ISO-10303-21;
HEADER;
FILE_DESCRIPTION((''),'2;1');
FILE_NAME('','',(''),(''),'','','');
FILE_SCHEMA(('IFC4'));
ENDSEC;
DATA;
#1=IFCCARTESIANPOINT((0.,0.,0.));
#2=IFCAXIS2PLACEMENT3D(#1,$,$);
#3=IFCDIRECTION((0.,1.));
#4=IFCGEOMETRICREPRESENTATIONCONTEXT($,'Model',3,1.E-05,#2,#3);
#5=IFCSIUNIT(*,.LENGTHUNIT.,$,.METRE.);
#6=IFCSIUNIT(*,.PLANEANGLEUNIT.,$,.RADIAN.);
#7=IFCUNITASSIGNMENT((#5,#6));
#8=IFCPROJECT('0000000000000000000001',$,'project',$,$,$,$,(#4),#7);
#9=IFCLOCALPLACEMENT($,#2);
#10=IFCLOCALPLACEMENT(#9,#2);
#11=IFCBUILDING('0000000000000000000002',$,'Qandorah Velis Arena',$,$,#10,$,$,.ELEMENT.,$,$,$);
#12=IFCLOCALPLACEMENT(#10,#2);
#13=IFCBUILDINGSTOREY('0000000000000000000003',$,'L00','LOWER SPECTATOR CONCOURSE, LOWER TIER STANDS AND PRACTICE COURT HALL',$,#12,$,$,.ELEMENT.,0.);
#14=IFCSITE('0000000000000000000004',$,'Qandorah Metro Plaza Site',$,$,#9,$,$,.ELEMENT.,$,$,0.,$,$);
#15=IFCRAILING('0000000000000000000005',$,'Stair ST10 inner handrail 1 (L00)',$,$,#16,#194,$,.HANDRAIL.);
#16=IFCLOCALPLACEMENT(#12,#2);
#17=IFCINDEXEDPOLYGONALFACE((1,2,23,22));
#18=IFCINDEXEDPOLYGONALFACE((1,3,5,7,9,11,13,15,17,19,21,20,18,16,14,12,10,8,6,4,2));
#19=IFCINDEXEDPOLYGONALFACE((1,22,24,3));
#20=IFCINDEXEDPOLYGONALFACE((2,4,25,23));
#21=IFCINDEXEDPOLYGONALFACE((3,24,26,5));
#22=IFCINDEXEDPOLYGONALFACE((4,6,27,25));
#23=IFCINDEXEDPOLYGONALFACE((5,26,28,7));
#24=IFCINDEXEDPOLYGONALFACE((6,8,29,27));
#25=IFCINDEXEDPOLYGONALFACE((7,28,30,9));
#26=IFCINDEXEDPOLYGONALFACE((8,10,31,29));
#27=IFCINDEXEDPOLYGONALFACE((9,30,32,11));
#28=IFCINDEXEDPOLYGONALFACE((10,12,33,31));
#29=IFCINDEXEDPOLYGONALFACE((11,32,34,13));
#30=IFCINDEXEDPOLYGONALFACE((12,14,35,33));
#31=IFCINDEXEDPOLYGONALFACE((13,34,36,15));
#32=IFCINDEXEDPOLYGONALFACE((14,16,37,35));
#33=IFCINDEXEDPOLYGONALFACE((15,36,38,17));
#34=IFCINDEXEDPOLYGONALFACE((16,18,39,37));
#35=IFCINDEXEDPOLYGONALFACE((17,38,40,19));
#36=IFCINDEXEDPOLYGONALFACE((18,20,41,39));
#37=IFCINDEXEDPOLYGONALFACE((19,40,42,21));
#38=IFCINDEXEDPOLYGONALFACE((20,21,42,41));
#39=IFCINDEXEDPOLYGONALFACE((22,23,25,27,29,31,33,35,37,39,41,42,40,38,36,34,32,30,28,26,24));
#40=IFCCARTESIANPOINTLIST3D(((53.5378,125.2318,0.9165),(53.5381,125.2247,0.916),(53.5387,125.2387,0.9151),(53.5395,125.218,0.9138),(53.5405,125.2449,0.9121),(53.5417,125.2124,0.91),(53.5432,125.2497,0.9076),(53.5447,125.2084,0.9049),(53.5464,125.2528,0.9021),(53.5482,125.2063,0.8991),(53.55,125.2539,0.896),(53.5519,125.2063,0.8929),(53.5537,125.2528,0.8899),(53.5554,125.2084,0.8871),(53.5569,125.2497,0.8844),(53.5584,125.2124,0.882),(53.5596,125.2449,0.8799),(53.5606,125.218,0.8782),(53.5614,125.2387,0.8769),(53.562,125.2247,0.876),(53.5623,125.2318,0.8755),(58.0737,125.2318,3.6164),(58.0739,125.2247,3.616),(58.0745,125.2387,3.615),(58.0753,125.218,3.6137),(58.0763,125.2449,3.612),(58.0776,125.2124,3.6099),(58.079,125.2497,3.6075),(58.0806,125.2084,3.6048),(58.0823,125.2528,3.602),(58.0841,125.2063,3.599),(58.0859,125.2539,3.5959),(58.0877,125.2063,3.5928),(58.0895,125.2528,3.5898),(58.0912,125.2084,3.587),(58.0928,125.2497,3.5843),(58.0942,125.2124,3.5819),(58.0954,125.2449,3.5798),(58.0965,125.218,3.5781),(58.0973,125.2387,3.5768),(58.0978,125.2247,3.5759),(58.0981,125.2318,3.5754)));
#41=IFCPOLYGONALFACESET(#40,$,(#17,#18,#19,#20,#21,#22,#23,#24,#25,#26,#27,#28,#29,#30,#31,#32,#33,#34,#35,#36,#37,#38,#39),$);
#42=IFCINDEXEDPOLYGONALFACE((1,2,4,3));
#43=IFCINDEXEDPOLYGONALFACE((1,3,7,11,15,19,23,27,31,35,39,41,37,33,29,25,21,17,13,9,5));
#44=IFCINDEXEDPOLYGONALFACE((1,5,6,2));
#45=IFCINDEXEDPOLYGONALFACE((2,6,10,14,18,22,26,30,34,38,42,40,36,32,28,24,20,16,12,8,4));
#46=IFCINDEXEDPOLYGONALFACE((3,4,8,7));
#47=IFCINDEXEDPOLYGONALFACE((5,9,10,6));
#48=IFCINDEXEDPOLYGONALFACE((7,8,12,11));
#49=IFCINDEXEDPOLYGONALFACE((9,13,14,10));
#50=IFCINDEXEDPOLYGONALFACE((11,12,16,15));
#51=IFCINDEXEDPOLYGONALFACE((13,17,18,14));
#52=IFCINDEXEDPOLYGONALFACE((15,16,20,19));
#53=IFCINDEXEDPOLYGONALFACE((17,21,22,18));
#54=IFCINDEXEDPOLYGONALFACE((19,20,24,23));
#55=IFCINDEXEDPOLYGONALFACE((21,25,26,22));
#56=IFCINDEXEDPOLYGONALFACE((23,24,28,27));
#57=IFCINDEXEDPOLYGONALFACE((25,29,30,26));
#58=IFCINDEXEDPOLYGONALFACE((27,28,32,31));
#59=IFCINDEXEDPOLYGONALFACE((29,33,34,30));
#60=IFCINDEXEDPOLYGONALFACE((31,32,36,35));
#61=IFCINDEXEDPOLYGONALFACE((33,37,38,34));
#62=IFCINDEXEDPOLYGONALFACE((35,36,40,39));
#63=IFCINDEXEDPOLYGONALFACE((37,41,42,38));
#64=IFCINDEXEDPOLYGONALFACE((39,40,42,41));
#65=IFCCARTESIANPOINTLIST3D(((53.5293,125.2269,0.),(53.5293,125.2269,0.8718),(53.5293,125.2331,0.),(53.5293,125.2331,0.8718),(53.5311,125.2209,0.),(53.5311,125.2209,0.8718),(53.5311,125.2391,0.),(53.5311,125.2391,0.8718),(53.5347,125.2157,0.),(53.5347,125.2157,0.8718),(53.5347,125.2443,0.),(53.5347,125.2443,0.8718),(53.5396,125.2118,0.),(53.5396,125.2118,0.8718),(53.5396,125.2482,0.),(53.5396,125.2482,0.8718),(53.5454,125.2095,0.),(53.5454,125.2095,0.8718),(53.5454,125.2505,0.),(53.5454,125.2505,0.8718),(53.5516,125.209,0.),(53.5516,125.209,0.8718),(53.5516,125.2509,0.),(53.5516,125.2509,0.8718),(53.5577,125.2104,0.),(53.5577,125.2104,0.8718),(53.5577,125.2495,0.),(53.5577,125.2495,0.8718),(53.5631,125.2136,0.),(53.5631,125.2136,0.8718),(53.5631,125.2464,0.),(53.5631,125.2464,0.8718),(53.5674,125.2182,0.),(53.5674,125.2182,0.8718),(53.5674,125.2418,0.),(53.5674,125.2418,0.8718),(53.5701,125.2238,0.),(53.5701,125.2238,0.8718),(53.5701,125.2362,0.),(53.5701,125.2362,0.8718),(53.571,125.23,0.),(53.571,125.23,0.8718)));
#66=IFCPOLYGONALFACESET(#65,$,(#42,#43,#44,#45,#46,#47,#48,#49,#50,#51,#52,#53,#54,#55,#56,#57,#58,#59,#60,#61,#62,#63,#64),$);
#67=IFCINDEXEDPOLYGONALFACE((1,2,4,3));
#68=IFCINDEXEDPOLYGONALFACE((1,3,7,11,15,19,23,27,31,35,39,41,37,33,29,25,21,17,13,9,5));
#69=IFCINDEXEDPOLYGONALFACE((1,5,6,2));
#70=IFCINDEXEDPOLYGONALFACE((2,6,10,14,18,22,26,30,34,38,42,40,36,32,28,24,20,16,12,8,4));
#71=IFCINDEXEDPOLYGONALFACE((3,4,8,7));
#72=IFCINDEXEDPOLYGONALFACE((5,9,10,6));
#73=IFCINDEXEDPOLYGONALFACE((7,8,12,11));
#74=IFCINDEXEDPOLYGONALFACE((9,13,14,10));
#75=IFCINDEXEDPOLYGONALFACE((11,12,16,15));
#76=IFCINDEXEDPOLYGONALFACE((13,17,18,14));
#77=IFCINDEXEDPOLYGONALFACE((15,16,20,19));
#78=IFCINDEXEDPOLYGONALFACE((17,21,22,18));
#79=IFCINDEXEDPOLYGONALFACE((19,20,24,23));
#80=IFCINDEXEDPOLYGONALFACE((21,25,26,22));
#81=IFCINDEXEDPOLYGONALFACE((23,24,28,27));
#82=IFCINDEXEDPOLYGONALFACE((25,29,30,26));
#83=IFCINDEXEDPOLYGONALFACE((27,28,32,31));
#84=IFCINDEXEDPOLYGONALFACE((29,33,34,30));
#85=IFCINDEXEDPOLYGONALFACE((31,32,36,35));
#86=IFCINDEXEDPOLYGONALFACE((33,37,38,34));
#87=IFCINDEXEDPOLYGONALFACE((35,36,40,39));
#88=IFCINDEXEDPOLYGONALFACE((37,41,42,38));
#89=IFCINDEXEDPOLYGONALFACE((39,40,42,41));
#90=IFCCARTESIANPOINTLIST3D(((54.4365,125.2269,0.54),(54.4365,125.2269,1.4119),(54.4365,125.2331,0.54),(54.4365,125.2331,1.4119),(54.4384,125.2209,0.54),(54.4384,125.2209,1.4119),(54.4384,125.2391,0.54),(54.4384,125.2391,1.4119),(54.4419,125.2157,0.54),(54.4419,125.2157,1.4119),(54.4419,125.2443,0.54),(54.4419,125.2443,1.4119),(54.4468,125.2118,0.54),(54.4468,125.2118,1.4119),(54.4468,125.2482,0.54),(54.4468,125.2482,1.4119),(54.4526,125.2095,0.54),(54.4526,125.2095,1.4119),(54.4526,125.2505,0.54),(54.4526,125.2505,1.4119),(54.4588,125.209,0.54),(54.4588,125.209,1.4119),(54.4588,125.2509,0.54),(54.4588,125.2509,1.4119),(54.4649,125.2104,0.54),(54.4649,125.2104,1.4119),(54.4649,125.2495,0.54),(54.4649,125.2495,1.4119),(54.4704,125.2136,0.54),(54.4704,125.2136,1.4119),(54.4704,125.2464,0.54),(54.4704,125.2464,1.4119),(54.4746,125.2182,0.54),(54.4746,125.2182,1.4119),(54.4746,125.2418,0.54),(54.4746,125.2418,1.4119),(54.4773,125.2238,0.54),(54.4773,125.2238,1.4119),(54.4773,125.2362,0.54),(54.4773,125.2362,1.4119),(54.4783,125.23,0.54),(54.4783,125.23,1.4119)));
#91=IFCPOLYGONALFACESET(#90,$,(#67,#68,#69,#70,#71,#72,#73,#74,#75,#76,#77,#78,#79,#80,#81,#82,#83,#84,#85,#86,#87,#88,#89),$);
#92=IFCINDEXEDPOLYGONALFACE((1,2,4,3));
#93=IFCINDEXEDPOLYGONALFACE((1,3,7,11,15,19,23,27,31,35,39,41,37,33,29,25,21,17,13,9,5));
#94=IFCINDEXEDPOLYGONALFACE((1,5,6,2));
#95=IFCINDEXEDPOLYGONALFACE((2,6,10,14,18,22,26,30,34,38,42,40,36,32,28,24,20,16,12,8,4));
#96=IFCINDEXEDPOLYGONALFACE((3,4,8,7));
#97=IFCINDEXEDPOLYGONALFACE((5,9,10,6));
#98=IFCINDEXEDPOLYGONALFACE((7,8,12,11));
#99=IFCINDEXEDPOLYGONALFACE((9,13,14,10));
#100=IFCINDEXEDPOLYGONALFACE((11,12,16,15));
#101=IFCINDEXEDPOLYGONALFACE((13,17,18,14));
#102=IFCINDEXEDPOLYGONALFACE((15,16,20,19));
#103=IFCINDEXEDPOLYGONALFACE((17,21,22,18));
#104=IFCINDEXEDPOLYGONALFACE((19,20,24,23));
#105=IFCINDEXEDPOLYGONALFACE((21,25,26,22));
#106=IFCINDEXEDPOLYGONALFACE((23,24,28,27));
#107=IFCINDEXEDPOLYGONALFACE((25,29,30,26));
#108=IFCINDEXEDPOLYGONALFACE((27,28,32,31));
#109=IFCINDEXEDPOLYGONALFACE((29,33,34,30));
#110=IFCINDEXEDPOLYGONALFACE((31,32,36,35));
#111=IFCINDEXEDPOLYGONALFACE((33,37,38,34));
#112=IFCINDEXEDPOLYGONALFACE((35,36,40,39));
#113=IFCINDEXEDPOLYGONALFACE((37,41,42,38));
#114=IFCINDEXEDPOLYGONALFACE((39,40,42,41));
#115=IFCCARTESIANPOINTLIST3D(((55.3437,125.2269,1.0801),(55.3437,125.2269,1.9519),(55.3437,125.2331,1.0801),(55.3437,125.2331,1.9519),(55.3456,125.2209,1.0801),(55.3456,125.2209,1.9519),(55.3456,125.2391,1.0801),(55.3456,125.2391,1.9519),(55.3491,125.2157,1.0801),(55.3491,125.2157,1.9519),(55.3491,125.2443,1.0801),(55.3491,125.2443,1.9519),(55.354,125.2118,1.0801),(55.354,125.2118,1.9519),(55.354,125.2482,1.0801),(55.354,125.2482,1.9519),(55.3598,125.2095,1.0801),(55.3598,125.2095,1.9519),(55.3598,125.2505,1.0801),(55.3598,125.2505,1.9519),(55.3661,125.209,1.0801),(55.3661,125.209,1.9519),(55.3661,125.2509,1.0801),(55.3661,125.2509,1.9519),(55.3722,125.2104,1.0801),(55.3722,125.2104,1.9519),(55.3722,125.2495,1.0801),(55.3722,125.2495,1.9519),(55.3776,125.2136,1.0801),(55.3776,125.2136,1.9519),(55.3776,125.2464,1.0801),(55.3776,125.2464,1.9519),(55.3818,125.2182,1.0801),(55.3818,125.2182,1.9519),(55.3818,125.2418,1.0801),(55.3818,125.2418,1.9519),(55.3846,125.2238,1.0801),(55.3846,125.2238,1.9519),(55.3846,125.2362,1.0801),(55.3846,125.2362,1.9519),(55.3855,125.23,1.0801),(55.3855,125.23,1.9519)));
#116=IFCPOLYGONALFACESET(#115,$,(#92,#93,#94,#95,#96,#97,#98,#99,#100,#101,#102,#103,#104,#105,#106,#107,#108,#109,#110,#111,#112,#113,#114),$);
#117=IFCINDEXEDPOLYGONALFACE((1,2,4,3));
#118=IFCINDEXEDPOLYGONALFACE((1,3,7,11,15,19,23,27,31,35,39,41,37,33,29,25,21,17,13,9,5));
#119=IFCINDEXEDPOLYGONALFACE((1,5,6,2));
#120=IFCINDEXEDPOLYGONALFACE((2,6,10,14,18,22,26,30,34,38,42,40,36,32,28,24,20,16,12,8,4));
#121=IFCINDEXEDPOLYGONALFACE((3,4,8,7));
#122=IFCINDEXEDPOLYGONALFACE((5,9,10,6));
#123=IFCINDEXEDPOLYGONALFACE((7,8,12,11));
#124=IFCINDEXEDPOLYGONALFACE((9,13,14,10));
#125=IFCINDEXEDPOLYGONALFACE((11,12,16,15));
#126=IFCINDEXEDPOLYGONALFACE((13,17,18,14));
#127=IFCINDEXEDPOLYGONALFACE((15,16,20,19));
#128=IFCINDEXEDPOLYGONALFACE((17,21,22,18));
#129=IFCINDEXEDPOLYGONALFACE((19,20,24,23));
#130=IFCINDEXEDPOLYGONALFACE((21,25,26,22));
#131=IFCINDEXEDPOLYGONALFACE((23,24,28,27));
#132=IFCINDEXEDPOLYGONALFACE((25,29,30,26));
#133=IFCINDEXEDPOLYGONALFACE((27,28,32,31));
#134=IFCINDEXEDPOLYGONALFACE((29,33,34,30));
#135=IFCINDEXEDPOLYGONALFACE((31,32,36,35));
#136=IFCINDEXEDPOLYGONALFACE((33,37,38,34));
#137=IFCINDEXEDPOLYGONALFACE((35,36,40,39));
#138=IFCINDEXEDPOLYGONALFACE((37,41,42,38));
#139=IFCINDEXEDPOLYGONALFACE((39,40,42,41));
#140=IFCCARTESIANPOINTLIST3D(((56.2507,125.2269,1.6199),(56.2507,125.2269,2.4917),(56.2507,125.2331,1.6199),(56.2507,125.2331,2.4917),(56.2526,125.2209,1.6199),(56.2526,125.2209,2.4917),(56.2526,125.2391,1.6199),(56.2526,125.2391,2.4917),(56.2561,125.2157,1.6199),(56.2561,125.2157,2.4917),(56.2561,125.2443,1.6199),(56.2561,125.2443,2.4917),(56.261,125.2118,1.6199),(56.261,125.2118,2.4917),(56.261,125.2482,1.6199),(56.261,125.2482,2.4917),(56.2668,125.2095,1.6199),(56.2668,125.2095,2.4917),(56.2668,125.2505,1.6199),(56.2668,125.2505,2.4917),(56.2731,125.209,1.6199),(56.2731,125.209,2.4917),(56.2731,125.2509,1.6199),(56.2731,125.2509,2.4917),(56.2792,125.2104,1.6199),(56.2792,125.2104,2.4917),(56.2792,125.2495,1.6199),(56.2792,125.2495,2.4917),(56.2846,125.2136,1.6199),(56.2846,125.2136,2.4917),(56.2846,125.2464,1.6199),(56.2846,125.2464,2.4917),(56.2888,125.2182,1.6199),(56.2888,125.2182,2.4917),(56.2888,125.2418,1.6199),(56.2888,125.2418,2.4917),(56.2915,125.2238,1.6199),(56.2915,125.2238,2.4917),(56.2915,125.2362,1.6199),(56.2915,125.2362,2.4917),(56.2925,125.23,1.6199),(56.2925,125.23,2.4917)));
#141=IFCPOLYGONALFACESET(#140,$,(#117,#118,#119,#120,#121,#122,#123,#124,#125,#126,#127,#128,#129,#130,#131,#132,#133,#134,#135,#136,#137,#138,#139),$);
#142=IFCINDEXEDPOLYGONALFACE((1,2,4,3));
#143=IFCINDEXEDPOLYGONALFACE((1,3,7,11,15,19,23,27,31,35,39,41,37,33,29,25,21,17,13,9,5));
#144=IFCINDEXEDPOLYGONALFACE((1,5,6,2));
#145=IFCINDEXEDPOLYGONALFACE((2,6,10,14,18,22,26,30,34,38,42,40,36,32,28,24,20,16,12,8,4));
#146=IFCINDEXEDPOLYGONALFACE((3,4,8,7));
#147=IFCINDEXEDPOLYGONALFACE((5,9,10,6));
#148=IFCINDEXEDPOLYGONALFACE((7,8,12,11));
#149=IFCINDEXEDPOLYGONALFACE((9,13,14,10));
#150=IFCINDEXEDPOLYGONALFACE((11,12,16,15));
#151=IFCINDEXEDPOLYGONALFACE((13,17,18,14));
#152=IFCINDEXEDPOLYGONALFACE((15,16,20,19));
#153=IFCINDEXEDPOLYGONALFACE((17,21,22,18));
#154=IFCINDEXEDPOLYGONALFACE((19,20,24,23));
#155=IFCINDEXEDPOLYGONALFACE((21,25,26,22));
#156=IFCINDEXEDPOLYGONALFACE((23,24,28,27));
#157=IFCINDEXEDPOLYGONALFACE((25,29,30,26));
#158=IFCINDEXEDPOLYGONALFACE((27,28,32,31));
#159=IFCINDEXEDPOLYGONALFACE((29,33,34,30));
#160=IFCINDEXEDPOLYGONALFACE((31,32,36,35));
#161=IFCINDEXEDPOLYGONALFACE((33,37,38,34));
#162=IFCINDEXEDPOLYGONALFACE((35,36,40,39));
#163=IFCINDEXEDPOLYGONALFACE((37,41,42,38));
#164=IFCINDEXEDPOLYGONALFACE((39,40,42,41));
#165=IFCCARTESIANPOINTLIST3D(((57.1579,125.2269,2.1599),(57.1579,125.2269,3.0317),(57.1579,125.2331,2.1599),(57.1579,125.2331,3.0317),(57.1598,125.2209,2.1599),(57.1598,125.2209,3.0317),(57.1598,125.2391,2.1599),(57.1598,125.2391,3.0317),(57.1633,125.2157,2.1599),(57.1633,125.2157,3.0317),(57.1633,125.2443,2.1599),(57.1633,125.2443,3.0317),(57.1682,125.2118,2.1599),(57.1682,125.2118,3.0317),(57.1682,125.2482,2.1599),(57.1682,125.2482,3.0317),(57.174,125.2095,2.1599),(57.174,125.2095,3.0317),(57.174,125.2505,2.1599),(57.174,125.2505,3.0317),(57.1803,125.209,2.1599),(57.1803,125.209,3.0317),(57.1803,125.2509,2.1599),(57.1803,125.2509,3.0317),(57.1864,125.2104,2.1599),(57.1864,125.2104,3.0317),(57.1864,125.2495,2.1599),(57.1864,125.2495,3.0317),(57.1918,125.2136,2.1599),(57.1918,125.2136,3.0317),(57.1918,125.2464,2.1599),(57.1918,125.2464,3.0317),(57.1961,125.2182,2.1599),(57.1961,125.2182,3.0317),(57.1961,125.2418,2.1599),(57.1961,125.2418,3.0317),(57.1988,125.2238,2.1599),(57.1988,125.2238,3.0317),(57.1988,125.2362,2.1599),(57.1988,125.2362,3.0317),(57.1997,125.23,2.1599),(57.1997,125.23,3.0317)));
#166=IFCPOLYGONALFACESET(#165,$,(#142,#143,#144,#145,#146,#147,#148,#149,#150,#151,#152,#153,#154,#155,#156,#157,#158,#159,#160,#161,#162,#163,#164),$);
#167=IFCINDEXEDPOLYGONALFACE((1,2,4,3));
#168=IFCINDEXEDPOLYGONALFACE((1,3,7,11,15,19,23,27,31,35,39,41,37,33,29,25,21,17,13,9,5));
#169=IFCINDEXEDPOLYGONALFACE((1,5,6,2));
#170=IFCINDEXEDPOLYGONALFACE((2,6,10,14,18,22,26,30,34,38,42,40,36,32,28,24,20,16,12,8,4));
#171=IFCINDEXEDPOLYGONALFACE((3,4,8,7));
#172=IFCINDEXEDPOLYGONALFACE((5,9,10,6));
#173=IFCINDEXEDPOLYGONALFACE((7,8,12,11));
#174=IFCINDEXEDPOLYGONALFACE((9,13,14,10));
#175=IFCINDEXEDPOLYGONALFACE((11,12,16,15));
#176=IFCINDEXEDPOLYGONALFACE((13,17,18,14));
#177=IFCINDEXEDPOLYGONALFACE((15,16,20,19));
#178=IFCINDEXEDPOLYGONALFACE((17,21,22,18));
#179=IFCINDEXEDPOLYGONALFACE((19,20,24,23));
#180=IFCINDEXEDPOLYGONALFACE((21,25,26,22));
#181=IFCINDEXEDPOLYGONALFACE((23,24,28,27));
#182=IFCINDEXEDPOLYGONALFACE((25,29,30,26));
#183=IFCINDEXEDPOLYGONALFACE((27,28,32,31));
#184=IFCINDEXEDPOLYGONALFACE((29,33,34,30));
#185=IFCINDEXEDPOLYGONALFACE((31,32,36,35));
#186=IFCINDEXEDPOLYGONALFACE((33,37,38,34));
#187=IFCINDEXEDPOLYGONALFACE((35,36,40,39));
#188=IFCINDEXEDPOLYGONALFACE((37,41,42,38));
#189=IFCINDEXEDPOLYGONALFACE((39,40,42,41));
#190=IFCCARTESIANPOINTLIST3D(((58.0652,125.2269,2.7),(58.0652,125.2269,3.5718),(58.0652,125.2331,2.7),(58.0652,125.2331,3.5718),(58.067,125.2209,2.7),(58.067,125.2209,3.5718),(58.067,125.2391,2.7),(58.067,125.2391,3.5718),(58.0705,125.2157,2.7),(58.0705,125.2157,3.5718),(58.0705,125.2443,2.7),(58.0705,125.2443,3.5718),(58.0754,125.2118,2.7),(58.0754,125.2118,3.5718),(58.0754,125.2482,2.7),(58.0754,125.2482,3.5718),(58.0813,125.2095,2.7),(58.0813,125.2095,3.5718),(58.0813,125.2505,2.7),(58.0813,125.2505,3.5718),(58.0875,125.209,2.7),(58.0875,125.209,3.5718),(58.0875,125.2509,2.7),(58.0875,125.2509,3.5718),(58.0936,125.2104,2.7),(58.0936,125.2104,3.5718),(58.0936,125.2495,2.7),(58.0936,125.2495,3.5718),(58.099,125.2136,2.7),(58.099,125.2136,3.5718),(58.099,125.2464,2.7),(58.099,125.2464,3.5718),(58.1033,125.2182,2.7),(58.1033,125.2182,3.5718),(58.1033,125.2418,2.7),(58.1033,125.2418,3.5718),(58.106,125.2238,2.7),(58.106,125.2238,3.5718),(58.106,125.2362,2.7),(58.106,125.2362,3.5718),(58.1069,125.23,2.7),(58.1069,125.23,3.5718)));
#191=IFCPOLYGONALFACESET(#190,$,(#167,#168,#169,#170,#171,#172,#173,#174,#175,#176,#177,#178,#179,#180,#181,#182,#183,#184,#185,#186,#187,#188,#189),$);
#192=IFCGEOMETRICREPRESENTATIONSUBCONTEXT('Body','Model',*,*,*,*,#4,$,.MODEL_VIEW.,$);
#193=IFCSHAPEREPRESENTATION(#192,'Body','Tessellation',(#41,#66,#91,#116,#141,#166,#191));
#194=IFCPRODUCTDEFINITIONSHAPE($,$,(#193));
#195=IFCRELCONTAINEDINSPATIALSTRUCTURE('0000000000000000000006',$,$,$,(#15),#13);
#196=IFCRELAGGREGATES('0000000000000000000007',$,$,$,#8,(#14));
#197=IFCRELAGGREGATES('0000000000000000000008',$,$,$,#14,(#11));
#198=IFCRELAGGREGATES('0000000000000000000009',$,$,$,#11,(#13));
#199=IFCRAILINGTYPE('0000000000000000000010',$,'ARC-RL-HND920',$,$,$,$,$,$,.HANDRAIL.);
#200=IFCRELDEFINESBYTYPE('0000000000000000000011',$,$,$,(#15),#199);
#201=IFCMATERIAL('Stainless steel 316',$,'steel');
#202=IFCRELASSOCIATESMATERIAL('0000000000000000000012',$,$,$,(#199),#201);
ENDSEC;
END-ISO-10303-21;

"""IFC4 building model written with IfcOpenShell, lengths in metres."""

from ifc_helpers import new_model, si_unit, direction, frame, origin, origin_2d, place, context, subcontext, project, spatial, circle, extrude, material, type_object, element, save


model = new_model("IFC4")

# Units and contexts
model_context = context("Model", 3, precision=1e-05, world=origin(), true_north=direction((0.0, 1.0)))
body_context = subcontext(model_context, "Body", "Model", "MODEL_VIEW")
ifc_project = project(units=[si_unit("LENGTHUNIT", "METRE"), si_unit("PLANEANGLEUNIT", "RADIAN")], contexts=[model_context])

# Site, building, storey
site_placement = place(None, origin())
site = spatial("IfcSite", under=ifc_project, at=site_placement, Name="Qandorah Metro Plaza Site", CompositionType="ELEMENT", RefElevation=0.0)
building_placement = place(site_placement, origin())
building = spatial("IfcBuilding", under=site, at=building_placement, Name="Qandorah Velis Arena", CompositionType="ELEMENT")
storey_placement = place(building_placement, origin())
storey = spatial("IfcBuildingStorey", under=building, at=storey_placement, Name="L00", Description="LOWER SPECTATOR CONCOURSE, LOWER TIER STANDS AND PRACTICE COURT HALL", CompositionType="ELEMENT", Elevation=0.0)

# Railing
ifc_material_1 = material(Name="Stainless steel 316", Category="steel")
railing_type_1 = type_object("IfcRailingType", Name="ARC-RL-HND920", PredefinedType="HANDRAIL", material=ifc_material_1)
railing_1_placement = place(storey_placement, frame((53.55, 125.23, 0.0)))
element("IfcRailing", 1, at=railing_1_placement, inside=storey, type_object=railing_type_1, Name="Stair ST10 inner handrail 1 (L00)", PredefinedType="HANDRAIL", context=body_context, shape_type="SweptSolid", body=[
    extrude(circle(Radius=0.0239, at=origin_2d()), frame((0.0, 0.0, 0.896), z_axis=(0.859291, 0.0, 0.511486), x_axis=(0.0, 1.0, 0.0)), (0.0, 0.0, 1.0), 5.2786),
    extrude(circle(Radius=0.021, at=origin_2d()), origin(), (0.0, 0.0, 1.0), 0.8718),
    extrude(circle(Radius=0.021, at=origin_2d()), frame((0.9072, 0.0, 0.54)), (0.0, 0.0, 1.0), 0.8718),
    extrude(circle(Radius=0.021, at=origin_2d()), frame((1.8145, 0.0, 1.0801)), (0.0, 0.0, 1.0), 0.8718),
    extrude(circle(Radius=0.021, at=origin_2d()), frame((2.7214, 0.0, 1.6199)), (0.0, 0.0, 1.0), 0.8718),
    extrude(circle(Radius=0.021, at=origin_2d()), frame((3.6287, 0.0, 2.1599)), (0.0, 0.0, 1.0), 0.8718),
    extrude(circle(Radius=0.021, at=origin_2d()), frame((4.5359, 0.0, 2.7)), (0.0, 0.0, 1.0), 0.8718),
])

save(model, "model.ifc")
